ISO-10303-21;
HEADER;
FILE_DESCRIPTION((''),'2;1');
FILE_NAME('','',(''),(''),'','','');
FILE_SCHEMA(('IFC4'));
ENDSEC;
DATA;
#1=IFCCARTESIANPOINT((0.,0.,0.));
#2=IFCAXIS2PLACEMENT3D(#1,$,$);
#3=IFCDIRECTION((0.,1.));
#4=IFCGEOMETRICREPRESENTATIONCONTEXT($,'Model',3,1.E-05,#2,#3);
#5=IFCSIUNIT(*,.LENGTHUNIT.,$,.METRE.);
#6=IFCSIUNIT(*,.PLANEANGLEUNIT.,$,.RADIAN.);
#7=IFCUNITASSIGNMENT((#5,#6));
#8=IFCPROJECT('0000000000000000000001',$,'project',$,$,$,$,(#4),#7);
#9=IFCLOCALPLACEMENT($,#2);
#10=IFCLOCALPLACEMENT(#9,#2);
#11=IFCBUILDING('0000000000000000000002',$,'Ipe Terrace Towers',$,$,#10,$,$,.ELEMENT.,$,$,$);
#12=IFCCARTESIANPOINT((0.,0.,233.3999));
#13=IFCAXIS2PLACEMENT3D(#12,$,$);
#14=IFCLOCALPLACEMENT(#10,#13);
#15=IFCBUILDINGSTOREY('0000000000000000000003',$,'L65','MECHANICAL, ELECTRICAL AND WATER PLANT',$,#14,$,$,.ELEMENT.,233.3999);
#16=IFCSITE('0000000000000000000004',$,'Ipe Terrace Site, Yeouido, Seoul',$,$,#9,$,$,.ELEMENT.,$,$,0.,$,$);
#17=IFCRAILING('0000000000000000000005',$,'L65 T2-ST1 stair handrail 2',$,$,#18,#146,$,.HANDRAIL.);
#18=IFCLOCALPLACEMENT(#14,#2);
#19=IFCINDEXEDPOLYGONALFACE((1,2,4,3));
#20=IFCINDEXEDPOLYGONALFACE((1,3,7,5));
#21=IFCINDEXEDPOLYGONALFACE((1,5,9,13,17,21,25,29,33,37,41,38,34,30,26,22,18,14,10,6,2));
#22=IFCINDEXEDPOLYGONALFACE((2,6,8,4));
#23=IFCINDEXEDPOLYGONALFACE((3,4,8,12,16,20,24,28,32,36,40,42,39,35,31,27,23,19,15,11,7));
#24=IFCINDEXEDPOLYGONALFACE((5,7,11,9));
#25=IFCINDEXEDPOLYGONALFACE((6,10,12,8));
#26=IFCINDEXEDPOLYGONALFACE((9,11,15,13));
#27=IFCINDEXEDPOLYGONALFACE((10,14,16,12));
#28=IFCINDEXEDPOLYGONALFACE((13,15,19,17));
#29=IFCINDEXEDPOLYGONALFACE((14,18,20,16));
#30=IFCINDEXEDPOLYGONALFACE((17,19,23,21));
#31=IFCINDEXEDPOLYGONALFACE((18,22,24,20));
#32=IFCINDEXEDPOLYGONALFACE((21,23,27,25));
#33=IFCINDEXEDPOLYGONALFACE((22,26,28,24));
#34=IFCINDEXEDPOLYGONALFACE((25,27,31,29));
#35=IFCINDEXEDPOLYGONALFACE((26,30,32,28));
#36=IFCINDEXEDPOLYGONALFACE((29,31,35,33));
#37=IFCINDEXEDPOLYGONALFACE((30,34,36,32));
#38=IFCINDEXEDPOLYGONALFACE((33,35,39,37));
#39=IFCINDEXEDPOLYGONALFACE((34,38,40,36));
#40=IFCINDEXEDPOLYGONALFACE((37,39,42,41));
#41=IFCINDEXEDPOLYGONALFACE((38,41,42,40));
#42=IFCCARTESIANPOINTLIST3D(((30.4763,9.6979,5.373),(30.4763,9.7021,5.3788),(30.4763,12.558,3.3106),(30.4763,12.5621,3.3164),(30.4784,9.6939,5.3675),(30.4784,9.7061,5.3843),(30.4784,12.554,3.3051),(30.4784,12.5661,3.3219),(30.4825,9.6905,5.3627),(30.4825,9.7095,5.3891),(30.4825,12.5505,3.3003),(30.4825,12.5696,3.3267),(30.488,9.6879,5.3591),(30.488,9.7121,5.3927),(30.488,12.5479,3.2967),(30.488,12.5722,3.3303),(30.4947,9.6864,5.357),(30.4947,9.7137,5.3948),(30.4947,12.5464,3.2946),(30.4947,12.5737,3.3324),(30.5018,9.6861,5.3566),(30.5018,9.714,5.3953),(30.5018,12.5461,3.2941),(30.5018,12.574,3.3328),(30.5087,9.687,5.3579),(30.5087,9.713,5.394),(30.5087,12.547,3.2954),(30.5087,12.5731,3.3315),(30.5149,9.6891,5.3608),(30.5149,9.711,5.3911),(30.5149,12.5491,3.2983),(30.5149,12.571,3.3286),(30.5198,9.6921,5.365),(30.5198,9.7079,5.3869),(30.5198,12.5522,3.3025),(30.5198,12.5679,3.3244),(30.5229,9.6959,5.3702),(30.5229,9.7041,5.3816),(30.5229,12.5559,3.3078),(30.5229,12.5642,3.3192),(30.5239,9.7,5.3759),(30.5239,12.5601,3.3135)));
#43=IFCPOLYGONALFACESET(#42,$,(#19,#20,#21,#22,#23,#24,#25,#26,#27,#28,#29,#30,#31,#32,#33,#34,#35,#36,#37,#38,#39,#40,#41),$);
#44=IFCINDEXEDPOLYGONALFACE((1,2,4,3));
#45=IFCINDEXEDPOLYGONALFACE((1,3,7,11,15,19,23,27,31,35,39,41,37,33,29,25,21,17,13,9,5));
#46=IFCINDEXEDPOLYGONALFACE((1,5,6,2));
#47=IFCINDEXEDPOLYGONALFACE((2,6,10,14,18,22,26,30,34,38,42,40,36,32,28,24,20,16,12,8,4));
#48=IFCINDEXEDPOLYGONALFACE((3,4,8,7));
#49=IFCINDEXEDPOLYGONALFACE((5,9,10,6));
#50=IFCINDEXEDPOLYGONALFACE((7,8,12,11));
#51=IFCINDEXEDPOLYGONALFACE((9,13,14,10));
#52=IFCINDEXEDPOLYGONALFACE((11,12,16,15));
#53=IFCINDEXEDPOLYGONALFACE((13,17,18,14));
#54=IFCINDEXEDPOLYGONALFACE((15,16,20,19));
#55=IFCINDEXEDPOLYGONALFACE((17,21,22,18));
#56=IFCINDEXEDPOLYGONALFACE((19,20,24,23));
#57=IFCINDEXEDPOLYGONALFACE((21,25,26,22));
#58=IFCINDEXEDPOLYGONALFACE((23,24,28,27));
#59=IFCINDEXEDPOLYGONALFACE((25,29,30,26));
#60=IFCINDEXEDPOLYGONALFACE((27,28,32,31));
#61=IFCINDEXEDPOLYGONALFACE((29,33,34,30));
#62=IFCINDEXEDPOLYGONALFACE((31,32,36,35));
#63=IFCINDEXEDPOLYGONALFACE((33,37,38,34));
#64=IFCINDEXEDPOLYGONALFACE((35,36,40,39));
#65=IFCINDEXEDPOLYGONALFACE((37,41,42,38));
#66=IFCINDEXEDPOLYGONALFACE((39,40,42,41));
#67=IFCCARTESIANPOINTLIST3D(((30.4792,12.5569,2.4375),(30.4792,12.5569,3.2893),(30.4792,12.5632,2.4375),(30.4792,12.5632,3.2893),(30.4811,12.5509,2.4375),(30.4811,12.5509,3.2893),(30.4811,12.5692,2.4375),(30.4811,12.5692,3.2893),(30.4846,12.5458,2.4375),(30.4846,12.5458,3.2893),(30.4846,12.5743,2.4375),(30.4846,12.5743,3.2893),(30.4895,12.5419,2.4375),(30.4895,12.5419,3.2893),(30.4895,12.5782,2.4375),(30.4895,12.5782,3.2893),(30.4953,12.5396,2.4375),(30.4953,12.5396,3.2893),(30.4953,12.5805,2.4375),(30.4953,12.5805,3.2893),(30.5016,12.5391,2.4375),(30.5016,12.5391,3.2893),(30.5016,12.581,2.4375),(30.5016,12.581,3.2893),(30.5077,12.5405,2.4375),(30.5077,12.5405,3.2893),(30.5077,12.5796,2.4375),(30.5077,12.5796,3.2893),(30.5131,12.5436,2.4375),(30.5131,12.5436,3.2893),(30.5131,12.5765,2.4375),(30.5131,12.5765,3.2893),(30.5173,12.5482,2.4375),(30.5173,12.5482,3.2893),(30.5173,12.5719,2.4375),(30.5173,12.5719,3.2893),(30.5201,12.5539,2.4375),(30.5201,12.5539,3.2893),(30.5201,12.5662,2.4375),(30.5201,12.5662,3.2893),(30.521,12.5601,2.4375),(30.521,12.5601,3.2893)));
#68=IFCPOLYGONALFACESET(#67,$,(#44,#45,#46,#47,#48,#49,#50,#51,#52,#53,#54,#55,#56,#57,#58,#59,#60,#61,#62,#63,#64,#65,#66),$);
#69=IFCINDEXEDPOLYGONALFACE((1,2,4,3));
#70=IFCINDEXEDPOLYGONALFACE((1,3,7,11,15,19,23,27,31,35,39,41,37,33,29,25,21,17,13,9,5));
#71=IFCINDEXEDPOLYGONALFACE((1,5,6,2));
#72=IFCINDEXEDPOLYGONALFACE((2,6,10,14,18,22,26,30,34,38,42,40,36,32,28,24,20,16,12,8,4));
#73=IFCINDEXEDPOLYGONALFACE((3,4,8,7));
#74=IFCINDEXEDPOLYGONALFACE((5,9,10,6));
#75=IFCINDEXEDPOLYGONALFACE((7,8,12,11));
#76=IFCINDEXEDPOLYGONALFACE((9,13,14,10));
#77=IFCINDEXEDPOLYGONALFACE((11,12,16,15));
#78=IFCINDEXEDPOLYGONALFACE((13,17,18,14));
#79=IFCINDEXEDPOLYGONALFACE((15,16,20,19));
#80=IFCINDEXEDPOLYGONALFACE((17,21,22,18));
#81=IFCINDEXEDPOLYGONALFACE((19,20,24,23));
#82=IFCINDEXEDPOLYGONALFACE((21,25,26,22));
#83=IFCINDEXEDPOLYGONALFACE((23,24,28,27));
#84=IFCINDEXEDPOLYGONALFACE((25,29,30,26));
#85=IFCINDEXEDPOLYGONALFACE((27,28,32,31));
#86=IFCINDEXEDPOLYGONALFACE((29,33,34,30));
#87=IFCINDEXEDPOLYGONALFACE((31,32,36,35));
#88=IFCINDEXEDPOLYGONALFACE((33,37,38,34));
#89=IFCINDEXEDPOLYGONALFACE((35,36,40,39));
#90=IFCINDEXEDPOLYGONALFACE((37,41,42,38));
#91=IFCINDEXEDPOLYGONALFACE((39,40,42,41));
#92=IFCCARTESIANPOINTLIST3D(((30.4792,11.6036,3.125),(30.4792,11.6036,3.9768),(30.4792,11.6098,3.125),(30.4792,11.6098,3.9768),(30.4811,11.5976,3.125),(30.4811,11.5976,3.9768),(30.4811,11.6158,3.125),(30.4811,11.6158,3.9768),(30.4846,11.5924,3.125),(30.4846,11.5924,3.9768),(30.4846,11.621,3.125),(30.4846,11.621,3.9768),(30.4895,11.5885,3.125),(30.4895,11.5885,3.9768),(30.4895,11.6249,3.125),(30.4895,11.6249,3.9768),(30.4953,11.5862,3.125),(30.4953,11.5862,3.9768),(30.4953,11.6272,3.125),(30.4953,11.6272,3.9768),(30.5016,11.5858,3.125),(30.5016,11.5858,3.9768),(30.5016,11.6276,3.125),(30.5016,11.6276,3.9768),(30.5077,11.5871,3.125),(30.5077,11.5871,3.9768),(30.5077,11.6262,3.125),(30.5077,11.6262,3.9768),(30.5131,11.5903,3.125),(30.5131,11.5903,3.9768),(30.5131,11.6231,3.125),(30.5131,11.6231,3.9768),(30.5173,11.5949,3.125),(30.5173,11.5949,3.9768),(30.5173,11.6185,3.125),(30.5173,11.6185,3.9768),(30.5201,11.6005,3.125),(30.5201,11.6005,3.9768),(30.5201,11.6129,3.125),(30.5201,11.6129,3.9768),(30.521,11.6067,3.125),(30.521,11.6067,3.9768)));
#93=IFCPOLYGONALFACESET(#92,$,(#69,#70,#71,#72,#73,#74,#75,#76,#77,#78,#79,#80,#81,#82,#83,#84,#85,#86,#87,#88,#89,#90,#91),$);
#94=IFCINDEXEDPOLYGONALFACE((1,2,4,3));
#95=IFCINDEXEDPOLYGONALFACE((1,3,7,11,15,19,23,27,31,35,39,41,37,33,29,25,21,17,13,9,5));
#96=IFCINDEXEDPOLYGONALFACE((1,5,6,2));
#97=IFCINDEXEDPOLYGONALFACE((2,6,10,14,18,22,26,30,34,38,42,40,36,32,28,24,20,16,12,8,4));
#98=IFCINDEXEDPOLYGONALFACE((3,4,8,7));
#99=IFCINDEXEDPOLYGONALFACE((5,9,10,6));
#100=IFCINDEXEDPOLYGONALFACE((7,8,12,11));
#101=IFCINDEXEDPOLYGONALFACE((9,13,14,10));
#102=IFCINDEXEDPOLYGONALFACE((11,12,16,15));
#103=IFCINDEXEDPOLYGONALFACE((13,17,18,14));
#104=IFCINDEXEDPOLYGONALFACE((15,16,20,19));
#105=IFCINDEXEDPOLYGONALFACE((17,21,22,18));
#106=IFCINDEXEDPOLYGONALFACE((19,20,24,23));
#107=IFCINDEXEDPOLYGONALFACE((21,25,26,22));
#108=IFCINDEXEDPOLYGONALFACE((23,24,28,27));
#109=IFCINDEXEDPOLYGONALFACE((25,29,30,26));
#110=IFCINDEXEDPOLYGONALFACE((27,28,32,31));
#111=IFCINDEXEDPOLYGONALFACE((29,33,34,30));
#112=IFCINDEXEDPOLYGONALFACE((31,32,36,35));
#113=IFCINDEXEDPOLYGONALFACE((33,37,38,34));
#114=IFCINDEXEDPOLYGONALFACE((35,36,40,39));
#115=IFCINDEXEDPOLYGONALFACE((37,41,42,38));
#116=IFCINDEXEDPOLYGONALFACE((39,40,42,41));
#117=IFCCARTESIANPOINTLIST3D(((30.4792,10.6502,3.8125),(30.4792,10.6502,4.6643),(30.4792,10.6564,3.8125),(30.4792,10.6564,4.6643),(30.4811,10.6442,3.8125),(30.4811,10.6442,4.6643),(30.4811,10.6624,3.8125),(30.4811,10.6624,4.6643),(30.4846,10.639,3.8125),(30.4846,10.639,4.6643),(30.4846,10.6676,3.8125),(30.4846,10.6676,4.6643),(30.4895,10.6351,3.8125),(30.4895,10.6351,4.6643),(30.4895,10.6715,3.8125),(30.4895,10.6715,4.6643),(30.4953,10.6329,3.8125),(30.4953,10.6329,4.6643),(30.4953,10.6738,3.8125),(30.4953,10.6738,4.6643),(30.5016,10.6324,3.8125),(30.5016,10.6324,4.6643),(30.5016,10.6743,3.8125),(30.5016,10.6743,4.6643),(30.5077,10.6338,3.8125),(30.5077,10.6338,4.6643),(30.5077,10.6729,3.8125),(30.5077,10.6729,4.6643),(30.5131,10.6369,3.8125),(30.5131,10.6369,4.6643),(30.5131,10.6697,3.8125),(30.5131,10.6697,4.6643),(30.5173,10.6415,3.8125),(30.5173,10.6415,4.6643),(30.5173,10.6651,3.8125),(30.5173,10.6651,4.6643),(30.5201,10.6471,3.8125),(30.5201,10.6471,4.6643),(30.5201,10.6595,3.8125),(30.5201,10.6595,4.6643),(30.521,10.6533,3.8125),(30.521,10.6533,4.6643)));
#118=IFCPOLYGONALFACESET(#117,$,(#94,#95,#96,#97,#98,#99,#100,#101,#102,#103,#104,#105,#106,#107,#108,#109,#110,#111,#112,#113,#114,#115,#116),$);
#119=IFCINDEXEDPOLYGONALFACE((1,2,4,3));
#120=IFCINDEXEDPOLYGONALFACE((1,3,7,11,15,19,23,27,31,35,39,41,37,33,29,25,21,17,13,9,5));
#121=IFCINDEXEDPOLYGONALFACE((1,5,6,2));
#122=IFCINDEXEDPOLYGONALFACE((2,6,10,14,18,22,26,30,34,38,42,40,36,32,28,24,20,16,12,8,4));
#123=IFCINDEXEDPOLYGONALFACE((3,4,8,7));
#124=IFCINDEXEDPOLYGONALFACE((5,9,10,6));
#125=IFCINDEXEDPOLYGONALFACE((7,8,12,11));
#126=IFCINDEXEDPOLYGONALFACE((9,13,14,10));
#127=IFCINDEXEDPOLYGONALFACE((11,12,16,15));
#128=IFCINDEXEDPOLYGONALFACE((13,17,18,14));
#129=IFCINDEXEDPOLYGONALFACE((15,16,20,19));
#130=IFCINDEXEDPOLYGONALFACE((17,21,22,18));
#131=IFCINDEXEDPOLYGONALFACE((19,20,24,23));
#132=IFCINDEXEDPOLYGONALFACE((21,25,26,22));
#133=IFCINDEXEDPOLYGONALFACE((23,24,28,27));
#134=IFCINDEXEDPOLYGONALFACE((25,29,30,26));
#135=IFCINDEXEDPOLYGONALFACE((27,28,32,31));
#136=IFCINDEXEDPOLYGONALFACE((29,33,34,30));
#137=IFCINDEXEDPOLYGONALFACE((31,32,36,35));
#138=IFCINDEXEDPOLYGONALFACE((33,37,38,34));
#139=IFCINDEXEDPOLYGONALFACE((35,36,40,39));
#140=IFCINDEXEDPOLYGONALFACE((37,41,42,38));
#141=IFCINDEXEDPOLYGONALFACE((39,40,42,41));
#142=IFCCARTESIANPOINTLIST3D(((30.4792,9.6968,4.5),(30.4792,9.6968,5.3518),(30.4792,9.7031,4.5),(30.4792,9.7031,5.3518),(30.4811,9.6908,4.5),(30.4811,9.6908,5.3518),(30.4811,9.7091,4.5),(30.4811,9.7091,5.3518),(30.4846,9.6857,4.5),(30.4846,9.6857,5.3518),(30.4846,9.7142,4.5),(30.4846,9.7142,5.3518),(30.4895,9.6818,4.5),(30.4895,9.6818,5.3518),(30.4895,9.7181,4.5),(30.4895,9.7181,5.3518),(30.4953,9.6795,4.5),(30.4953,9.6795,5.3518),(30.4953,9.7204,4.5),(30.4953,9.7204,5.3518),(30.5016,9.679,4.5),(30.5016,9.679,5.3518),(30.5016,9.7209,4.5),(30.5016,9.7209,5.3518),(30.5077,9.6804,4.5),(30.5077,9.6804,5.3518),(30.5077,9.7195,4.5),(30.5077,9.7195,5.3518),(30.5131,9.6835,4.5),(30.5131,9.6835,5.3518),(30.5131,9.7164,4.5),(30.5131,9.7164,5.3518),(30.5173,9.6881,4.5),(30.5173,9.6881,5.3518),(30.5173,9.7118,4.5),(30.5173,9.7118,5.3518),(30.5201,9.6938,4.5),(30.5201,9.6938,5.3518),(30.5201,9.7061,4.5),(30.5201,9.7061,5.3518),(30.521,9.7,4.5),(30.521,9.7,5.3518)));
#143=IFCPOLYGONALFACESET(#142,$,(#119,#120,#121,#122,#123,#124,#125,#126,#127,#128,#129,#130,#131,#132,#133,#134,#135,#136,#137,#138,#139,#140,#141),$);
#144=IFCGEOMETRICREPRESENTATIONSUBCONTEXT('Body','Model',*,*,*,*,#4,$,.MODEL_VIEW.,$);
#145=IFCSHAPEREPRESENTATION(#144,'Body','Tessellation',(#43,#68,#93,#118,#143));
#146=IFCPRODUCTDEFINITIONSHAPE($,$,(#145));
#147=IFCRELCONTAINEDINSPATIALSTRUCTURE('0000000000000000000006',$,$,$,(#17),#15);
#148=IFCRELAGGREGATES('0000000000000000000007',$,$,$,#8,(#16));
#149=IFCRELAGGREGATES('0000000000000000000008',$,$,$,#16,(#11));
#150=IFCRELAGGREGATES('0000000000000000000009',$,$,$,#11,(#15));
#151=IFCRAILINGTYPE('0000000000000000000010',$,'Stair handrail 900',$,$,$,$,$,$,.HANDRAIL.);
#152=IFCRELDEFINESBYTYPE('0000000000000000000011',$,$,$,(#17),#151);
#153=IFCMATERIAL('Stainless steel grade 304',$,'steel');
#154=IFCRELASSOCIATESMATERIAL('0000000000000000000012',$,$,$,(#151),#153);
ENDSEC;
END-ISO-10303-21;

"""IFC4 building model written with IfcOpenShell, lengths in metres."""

from ifc_helpers import new_model, si_unit, direction, frame, origin, origin_2d, place, context, subcontext, project, spatial, circle, extrude, material, type_object, element, save


model = new_model("IFC4")

# Units and contexts
model_context = context("Model", 3, precision=1e-05, world=origin(), true_north=direction((0.0, 1.0)))
body_context = subcontext(model_context, "Body", "Model", "MODEL_VIEW")
ifc_project = project(units=[si_unit("LENGTHUNIT", "METRE"), si_unit("PLANEANGLEUNIT", "RADIAN")], contexts=[model_context])

# Site, building, storey
site_placement = place(None, origin())
site = spatial("IfcSite", under=ifc_project, at=site_placement, Name="Ipe Terrace Site, Yeouido, Seoul", CompositionType="ELEMENT", RefElevation=0.0)
building_placement = place(site_placement, origin())
building = spatial("IfcBuilding", under=site, at=building_placement, Name="Ipe Terrace Towers", CompositionType="ELEMENT")
storey_placement = place(building_placement, frame((0.0, 0.0, 233.3999)))
storey = spatial("IfcBuildingStorey", under=building, at=storey_placement, Name="L65", Description="MECHANICAL, ELECTRICAL AND WATER PLANT", CompositionType="ELEMENT", Elevation=233.3999)

# Railing
ifc_material_1 = material(Name="Stainless steel grade 304", Category="steel")
railing_type_1 = type_object("IfcRailingType", Name="Stair handrail 900", PredefinedType="HANDRAIL", material=ifc_material_1)
railing_1_placement = place(storey_placement, frame((30.5, 12.5601, 2.4375)))
element("IfcRailing", 1, at=railing_1_placement, inside=storey, type_object=railing_type_1, Name="L65 T2-ST1 stair handrail 2", PredefinedType="HANDRAIL", context=body_context, shape_type="SweptSolid", body=[
    extrude(circle(Radius=0.0239, at=origin_2d()), frame((0.0, 0.0, 0.876), z_axis=(0.0, -0.811101, 0.584906), x_axis=(1.0, 0.0, 0.0)), (0.0, 0.0, 1.0), 3.5261),
    extrude(circle(Radius=0.021, at=origin_2d()), origin(), (0.0, 0.0, 1.0), 0.8518),
    extrude(circle(Radius=0.021, at=origin_2d()), frame((0.0, -0.9534, 0.6875)), (0.0, 0.0, 1.0), 0.8518),
    extrude(circle(Radius=0.021, at=origin_2d()), frame((0.0, -1.9067, 1.375)), (0.0, 0.0, 1.0), 0.8518),
    extrude(circle(Radius=0.021, at=origin_2d()), frame((0.0, -2.8601, 2.0625)), (0.0, 0.0, 1.0), 0.8518),
])

save(model, "model.ifc")
